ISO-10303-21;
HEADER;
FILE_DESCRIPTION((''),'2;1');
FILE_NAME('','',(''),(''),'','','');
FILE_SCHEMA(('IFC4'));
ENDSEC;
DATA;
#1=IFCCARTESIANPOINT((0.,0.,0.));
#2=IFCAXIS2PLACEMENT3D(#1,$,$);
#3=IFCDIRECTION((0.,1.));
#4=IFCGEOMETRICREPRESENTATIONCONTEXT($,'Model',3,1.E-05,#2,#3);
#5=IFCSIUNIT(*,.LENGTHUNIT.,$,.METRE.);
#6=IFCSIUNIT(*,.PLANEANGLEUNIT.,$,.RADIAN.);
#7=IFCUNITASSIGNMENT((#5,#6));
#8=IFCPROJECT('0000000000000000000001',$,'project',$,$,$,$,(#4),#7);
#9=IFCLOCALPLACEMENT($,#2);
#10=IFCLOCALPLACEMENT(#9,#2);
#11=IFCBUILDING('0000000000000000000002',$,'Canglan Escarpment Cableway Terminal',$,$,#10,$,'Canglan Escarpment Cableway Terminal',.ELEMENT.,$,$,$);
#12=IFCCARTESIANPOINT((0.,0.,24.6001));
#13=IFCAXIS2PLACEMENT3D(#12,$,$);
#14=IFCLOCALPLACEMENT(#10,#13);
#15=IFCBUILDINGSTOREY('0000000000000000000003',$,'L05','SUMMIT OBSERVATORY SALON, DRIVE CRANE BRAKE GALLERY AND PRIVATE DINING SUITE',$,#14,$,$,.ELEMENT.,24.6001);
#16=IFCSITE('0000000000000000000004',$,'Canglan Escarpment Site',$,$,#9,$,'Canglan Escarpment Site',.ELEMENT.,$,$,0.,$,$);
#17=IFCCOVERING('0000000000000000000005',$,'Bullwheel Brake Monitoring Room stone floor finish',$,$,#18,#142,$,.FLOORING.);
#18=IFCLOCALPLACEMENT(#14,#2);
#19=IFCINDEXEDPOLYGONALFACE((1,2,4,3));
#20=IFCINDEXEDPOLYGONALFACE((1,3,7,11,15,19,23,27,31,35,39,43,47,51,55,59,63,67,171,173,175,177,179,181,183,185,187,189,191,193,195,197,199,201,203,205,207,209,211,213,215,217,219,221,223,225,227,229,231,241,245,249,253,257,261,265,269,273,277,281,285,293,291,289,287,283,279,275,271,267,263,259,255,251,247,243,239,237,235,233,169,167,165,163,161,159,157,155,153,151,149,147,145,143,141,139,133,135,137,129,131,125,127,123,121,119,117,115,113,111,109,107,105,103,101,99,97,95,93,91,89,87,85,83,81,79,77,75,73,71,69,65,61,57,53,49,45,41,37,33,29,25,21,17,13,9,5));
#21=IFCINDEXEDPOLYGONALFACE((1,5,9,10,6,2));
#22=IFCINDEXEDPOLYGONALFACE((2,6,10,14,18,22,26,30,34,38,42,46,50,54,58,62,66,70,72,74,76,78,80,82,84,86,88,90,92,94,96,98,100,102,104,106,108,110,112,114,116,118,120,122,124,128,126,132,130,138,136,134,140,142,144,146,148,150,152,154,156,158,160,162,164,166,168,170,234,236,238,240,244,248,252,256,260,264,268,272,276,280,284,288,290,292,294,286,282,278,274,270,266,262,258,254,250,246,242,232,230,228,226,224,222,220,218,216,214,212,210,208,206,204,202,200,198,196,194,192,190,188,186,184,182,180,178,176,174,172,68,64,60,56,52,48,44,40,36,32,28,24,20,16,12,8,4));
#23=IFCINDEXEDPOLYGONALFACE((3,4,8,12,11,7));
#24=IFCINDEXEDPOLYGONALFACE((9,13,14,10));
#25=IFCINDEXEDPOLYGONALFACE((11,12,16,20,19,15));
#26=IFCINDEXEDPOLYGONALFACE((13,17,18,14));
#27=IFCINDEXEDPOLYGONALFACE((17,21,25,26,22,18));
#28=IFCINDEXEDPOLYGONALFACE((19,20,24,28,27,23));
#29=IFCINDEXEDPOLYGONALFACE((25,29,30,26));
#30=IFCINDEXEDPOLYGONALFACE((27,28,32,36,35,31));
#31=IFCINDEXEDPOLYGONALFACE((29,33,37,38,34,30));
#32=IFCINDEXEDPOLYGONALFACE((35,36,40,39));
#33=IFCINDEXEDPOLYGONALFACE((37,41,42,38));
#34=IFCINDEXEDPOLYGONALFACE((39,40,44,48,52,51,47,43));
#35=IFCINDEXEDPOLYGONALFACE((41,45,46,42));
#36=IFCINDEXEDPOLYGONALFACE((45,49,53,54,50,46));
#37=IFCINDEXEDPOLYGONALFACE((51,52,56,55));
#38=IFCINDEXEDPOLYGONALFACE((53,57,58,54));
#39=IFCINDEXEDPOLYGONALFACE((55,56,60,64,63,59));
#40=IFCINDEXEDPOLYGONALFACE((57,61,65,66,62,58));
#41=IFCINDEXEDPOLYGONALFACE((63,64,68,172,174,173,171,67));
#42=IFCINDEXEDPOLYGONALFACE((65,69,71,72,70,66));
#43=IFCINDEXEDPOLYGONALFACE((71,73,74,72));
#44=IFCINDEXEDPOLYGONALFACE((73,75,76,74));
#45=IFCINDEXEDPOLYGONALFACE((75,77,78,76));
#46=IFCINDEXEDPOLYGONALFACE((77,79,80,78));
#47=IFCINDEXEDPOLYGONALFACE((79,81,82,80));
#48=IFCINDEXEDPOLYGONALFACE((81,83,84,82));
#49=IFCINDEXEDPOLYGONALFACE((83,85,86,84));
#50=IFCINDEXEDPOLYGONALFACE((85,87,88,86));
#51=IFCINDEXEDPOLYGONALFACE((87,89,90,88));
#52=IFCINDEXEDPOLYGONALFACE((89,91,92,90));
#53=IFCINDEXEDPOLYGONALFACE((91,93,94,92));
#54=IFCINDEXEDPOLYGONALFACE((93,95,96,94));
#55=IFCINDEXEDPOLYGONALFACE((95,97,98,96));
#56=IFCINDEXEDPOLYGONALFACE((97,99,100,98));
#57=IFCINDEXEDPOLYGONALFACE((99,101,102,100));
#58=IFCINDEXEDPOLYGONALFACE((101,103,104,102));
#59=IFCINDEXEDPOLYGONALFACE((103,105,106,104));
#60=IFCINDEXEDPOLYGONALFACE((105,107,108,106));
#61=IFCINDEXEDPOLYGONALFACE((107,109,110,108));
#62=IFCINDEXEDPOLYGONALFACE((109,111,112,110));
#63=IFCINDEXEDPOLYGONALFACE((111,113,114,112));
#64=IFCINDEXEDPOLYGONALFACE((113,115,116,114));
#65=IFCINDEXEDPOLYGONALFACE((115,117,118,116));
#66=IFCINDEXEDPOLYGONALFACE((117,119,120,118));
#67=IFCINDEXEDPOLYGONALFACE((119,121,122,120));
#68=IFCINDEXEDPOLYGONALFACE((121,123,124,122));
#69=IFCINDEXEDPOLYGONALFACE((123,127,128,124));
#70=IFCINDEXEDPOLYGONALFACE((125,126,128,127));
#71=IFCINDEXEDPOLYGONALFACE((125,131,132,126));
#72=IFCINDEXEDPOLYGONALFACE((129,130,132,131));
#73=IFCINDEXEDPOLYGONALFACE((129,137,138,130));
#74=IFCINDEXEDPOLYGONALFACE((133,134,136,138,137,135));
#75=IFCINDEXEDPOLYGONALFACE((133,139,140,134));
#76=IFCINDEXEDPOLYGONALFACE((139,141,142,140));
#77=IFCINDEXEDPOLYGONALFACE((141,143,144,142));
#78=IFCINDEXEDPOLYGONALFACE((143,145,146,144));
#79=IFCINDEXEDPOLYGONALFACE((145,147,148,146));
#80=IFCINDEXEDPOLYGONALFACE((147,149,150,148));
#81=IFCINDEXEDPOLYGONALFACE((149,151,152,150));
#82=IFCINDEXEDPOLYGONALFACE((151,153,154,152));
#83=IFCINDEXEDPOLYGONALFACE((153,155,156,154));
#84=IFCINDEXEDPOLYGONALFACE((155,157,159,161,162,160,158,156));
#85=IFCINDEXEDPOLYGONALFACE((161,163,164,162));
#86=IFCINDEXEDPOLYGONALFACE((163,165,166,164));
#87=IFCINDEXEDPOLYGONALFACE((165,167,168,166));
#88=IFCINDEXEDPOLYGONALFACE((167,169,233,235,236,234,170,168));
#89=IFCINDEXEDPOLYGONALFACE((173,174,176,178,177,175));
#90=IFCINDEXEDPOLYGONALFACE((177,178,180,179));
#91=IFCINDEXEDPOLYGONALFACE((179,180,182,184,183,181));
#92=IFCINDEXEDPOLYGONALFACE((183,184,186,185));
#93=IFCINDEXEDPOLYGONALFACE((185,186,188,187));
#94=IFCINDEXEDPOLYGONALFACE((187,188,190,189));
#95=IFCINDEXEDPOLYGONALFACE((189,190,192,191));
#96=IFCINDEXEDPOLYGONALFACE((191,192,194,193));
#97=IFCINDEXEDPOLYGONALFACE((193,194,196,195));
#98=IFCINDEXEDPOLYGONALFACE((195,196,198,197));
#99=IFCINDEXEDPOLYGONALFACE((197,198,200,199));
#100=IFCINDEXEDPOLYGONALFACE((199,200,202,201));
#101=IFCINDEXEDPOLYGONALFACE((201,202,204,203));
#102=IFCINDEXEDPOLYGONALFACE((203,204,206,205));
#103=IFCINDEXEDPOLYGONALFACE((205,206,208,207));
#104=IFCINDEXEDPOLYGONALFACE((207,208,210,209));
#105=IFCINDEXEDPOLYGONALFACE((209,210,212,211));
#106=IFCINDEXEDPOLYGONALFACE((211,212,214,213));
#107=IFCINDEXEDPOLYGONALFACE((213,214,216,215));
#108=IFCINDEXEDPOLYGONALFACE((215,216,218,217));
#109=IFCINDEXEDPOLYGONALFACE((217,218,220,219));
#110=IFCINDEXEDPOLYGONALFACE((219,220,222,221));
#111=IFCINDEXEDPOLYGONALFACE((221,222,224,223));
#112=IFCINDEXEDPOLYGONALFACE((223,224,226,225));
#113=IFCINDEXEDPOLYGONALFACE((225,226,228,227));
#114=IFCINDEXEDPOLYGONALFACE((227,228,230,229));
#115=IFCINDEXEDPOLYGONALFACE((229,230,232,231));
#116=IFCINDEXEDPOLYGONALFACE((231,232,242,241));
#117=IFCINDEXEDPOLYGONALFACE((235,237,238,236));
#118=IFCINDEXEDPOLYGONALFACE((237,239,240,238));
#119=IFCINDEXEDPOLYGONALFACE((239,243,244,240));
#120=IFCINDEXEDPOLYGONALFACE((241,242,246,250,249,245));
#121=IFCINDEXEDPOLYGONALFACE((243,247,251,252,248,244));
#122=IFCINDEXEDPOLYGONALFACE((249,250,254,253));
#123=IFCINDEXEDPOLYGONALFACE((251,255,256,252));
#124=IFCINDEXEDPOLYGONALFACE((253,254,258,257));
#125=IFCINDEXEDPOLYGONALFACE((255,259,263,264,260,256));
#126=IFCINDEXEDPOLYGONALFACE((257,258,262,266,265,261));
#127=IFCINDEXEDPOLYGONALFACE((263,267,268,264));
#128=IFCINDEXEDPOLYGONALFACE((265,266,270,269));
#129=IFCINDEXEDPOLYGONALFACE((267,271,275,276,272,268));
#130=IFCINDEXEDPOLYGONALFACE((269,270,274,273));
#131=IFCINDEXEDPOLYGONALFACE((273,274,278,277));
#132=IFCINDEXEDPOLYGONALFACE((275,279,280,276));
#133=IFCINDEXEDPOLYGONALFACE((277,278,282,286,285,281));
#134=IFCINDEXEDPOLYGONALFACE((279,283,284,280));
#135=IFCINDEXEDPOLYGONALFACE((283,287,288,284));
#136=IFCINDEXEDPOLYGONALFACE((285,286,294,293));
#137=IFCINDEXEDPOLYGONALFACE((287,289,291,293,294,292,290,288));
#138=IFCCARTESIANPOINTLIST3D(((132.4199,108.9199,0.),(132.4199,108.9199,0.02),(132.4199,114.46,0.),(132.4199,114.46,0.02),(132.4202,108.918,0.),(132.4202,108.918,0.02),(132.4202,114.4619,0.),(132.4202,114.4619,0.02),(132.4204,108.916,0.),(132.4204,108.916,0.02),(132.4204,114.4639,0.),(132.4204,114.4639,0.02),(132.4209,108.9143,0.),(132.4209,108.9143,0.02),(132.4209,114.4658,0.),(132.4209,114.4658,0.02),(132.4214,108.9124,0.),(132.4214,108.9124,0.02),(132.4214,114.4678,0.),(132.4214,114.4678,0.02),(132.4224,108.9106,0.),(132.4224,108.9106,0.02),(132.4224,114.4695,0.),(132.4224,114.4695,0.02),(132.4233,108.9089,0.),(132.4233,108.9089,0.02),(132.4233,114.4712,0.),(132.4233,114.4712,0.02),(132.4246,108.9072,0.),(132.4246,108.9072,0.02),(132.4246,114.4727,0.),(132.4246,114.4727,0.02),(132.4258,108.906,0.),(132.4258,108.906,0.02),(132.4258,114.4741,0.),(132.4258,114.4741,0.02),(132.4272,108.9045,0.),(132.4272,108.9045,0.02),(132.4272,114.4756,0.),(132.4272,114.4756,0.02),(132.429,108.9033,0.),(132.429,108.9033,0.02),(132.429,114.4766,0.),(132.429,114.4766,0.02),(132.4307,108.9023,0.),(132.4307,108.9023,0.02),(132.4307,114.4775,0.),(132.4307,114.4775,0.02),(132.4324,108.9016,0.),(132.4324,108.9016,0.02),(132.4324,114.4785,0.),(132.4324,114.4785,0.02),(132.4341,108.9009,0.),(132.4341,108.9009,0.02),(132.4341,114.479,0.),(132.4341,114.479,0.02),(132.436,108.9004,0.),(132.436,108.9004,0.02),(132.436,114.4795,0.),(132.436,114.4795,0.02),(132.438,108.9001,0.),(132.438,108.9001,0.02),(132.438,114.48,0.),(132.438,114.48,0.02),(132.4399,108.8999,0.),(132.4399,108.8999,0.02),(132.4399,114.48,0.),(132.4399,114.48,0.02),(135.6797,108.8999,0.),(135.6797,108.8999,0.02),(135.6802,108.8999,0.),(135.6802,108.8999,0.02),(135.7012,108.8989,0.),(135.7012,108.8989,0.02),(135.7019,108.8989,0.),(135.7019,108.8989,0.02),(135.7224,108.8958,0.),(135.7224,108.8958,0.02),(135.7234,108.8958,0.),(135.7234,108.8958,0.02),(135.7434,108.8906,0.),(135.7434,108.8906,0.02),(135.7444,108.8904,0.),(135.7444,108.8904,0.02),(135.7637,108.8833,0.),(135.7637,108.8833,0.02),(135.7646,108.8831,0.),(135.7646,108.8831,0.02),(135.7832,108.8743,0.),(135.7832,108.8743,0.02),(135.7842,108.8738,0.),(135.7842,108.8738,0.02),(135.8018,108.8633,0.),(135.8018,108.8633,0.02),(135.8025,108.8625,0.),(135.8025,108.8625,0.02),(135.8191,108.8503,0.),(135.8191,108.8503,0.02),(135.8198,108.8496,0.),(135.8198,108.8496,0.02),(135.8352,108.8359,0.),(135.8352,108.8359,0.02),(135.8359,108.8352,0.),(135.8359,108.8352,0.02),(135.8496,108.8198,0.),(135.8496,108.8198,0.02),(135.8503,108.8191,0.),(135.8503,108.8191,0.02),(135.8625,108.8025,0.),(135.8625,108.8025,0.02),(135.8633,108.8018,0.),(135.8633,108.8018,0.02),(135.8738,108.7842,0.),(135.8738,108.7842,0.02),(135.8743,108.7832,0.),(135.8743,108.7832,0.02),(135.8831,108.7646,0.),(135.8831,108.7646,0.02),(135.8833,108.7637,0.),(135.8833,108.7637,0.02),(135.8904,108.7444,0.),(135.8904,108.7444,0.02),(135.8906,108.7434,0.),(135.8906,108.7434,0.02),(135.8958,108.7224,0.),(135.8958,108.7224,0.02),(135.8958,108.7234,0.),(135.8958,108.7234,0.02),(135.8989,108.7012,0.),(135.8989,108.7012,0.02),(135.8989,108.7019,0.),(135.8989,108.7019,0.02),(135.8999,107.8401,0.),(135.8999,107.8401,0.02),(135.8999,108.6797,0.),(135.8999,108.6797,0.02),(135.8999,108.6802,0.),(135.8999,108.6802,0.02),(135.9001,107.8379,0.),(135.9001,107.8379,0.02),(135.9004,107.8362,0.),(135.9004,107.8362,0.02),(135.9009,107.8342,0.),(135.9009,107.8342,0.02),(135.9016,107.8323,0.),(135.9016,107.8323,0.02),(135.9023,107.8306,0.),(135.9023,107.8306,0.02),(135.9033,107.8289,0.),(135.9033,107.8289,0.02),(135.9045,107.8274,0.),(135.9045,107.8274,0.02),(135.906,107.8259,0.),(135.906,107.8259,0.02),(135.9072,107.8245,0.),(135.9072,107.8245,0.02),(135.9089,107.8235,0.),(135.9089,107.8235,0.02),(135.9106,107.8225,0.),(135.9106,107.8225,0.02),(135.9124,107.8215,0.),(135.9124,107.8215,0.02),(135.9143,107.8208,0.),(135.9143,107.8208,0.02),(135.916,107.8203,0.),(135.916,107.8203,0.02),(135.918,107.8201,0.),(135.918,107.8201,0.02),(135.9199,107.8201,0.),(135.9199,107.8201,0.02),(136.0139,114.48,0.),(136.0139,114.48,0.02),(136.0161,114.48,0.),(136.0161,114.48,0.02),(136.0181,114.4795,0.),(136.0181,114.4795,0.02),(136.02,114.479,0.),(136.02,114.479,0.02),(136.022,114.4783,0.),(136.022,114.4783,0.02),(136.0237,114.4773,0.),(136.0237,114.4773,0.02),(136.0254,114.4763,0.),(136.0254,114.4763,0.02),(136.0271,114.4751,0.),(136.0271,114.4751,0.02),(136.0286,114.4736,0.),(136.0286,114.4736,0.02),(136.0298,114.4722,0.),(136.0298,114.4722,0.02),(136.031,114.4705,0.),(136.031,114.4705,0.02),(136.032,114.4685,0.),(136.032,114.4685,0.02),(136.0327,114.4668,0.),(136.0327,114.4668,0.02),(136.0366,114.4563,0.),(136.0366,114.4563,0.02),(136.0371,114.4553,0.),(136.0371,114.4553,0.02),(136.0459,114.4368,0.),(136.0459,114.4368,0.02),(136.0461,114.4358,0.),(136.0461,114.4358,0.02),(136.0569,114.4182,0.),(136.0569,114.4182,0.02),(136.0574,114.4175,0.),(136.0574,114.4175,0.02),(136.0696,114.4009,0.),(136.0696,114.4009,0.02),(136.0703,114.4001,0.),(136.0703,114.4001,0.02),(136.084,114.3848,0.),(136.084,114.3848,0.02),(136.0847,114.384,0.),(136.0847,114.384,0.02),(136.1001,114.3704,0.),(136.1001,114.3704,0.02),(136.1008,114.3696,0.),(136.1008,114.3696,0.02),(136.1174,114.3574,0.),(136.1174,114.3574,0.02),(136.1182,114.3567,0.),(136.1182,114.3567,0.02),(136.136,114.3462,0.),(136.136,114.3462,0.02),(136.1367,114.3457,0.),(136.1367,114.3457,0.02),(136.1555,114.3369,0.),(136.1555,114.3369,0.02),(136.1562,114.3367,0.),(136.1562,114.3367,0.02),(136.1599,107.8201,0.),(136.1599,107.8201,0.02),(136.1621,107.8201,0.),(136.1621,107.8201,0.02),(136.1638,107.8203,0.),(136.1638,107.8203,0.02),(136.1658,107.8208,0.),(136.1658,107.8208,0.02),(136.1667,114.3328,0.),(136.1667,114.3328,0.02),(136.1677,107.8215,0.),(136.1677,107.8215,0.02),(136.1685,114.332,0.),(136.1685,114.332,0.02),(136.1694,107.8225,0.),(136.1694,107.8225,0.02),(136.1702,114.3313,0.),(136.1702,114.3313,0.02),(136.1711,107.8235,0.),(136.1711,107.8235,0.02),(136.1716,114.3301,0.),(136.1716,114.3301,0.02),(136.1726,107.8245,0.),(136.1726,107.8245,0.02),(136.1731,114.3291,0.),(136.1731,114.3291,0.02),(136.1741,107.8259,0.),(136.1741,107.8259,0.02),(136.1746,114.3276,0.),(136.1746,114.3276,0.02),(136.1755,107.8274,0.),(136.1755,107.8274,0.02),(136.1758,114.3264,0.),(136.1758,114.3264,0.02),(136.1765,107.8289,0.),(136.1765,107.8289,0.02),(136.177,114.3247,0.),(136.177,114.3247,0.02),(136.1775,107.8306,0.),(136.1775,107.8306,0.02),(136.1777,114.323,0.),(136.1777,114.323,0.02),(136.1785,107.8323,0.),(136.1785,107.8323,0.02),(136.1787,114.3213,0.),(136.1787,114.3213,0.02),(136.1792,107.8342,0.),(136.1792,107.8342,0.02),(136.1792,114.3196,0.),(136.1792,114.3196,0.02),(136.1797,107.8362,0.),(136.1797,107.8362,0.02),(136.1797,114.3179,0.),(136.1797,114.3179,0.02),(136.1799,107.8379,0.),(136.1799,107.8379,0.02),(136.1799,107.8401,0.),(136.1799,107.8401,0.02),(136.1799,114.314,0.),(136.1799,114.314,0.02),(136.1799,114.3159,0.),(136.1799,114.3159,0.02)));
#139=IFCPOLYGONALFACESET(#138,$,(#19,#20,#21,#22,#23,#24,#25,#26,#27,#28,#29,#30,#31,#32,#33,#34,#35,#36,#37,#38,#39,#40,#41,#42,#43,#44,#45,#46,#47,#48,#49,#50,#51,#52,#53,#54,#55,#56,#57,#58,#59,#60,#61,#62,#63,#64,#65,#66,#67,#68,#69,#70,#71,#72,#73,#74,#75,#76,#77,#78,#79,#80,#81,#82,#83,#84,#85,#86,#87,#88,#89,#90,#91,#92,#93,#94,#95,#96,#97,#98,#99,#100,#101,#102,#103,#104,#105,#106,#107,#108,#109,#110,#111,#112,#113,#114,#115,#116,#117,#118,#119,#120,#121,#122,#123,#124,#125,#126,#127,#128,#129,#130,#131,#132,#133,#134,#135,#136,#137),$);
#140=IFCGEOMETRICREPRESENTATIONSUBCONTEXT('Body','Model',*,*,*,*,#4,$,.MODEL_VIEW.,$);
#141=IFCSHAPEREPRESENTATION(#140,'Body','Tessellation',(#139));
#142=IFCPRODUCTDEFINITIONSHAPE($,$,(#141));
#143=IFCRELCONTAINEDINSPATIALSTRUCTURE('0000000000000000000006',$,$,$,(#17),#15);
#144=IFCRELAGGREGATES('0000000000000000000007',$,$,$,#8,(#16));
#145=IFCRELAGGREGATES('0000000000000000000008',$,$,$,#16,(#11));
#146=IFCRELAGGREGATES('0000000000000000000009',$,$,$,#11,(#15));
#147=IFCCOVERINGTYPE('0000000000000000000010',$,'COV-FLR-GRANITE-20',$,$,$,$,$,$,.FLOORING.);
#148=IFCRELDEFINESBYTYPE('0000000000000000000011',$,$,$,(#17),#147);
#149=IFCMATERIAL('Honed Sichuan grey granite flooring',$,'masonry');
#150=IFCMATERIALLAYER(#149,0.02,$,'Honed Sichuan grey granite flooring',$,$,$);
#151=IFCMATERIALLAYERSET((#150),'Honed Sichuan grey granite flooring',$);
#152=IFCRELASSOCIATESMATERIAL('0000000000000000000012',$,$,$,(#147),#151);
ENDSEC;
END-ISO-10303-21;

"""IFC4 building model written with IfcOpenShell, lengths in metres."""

from ifc_helpers import new_model, si_unit, direction, frame, origin, place, context, subcontext, project, spatial, polyline, outline, extrude, material, layer, layer_set, type_object, element, save


model = new_model("IFC4")

# Units and contexts
model_context = context("Model", 3, precision=1e-05, world=origin(), true_north=direction((0.0, 1.0)))
body_context = subcontext(model_context, "Body", "Model", "MODEL_VIEW")
ifc_project = project(units=[si_unit("LENGTHUNIT", "METRE"), si_unit("PLANEANGLEUNIT", "RADIAN")], contexts=[model_context])

# Site, building, storey
site_placement = place(None, origin())
site = spatial("IfcSite", under=ifc_project, at=site_placement, Name="Canglan Escarpment Site", LongName="Canglan Escarpment Site", CompositionType="ELEMENT", RefElevation=0.0)
building_placement = place(site_placement, origin())
building = spatial("IfcBuilding", under=site, at=building_placement, Name="Canglan Escarpment Cableway Terminal", LongName="Canglan Escarpment Cableway Terminal", CompositionType="ELEMENT")
storey_placement = place(building_placement, frame((0.0, 0.0, 24.6001)))
storey = spatial("IfcBuildingStorey", under=building, at=storey_placement, Name="L05", Description="SUMMIT OBSERVATORY SALON, DRIVE CRANE BRAKE GALLERY AND PRIVATE DINING SUITE", CompositionType="ELEMENT", Elevation=24.6001)

# Covering
ifc_material_1 = material(Name="Honed Sichuan grey granite flooring", Category="masonry")
ifc_layer_1 = layer(ifc_material_1, 0.02, Name="Honed Sichuan grey granite flooring")
ifc_layer_set_1 = layer_set([ifc_layer_1], Name="Honed Sichuan grey granite flooring")
covering_type_1 = type_object("IfcCoveringType", Name="COV-FLR-GRANITE-20", PredefinedType="FLOORING", material=ifc_layer_set_1)
covering_1_placement = place(storey_placement, origin())
element("IfcCovering", 1, at=covering_1_placement, inside=storey, type_object=covering_type_1, Name="Bullwheel Brake Monitoring Room stone floor finish", PredefinedType="FLOORING", context=body_context, shape_type="SweptSolid", body=[
    extrude(outline(polyline([(135.9199, 107.8201), (135.918, 107.8201), (135.916, 107.8203), (135.9143, 107.8208), (135.9124, 107.8215), (135.9106, 107.8225), (135.9089, 107.8235), (135.9072, 107.8245), (135.906, 107.8259), (135.9045, 107.8274), (135.9033, 107.8289), (135.9023, 107.8306), (135.9016, 107.8323), (135.9009, 107.8342), (135.9004, 107.8362), (135.9001, 107.8379), (135.8999, 107.8401), (135.8999, 108.6797), (135.8999, 108.6802), (135.8989, 108.7012), (135.8989, 108.7019), (135.8958, 108.7224), (135.8958, 108.7234), (135.8906, 108.7434), (135.8904, 108.7444), (135.8833, 108.7637), (135.8831, 108.7646), (135.8743, 108.7832), (135.8738, 108.7842), (135.8633, 108.8018), (135.8625, 108.8025), (135.8503, 108.8191), (135.8496, 108.8198), (135.8359, 108.8352), (135.8352, 108.8359), (135.8198, 108.8496), (135.8191, 108.8503), (135.8025, 108.8625), (135.8018, 108.8633), (135.7842, 108.8738), (135.7832, 108.8743), (135.7646, 108.8831), (135.7637, 108.8833), (135.7444, 108.8904), (135.7434, 108.8906), (135.7234, 108.8958), (135.7224, 108.8958), (135.7019, 108.8989), (135.7012, 108.8989), (135.6802, 108.8999), (135.6797, 108.8999), (132.4399, 108.8999), (132.438, 108.9001), (132.436, 108.9004), (132.4341, 108.9009), (132.4324, 108.9016), (132.4307, 108.9023), (132.429, 108.9033), (132.4272, 108.9045), (132.4258, 108.906), (132.4246, 108.9072), (132.4233, 108.9089), (132.4224, 108.9106), (132.4214, 108.9124), (132.4209, 108.9143), (132.4204, 108.916), (132.4202, 108.918), (132.4199, 108.9199), (132.4199, 114.46), (132.4202, 114.4619), (132.4204, 114.4639), (132.4209, 114.4658), (132.4214, 114.4678), (132.4224, 114.4695), (132.4233, 114.4712), (132.4246, 114.4727), (132.4258, 114.4741), (132.4272, 114.4756), (132.429, 114.4766), (132.4307, 114.4775), (132.4324, 114.4785), (132.4341, 114.479), (132.436, 114.4795), (132.438, 114.48), (132.4399, 114.48), (136.0139, 114.48), (136.0161, 114.48), (136.0181, 114.4795), (136.02, 114.479), (136.022, 114.4783), (136.0237, 114.4773), (136.0254, 114.4763), (136.0271, 114.4751), (136.0286, 114.4736), (136.0298, 114.4722), (136.031, 114.4705), (136.032, 114.4685), (136.0327, 114.4668), (136.0366, 114.4563), (136.0371, 114.4553), (136.0459, 114.4368), (136.0461, 114.4358), (136.0569, 114.4182), (136.0574, 114.4175), (136.0696, 114.4009), (136.0703, 114.4001), (136.084, 114.3848), (136.0847, 114.384), (136.1001, 114.3704), (136.1008, 114.3696), (136.1174, 114.3574), (136.1182, 114.3567), (136.136, 114.3462), (136.1367, 114.3457), (136.1555, 114.3369), (136.1562, 114.3367), (136.1667, 114.3328), (136.1685, 114.332), (136.1702, 114.3313), (136.1716, 114.3301), (136.1731, 114.3291), (136.1746, 114.3276), (136.1758, 114.3264), (136.177, 114.3247), (136.1777, 114.323), (136.1787, 114.3213), (136.1792, 114.3196), (136.1797, 114.3179), (136.1799, 114.3159), (136.1799, 114.314), (136.1799, 107.8401), (136.1799, 107.8379), (136.1797, 107.8362), (136.1792, 107.8342), (136.1785, 107.8323), (136.1775, 107.8306), (136.1765, 107.8289), (136.1755, 107.8274), (136.1741, 107.8259), (136.1726, 107.8245), (136.1711, 107.8235), (136.1694, 107.8225), (136.1677, 107.8215), (136.1658, 107.8208), (136.1638, 107.8203), (136.1621, 107.8201), (136.1599, 107.8201), (135.9199, 107.8201)])), origin(), (0.0, 0.0, 1.0), 0.02),
])

save(model, "model.ifc")
